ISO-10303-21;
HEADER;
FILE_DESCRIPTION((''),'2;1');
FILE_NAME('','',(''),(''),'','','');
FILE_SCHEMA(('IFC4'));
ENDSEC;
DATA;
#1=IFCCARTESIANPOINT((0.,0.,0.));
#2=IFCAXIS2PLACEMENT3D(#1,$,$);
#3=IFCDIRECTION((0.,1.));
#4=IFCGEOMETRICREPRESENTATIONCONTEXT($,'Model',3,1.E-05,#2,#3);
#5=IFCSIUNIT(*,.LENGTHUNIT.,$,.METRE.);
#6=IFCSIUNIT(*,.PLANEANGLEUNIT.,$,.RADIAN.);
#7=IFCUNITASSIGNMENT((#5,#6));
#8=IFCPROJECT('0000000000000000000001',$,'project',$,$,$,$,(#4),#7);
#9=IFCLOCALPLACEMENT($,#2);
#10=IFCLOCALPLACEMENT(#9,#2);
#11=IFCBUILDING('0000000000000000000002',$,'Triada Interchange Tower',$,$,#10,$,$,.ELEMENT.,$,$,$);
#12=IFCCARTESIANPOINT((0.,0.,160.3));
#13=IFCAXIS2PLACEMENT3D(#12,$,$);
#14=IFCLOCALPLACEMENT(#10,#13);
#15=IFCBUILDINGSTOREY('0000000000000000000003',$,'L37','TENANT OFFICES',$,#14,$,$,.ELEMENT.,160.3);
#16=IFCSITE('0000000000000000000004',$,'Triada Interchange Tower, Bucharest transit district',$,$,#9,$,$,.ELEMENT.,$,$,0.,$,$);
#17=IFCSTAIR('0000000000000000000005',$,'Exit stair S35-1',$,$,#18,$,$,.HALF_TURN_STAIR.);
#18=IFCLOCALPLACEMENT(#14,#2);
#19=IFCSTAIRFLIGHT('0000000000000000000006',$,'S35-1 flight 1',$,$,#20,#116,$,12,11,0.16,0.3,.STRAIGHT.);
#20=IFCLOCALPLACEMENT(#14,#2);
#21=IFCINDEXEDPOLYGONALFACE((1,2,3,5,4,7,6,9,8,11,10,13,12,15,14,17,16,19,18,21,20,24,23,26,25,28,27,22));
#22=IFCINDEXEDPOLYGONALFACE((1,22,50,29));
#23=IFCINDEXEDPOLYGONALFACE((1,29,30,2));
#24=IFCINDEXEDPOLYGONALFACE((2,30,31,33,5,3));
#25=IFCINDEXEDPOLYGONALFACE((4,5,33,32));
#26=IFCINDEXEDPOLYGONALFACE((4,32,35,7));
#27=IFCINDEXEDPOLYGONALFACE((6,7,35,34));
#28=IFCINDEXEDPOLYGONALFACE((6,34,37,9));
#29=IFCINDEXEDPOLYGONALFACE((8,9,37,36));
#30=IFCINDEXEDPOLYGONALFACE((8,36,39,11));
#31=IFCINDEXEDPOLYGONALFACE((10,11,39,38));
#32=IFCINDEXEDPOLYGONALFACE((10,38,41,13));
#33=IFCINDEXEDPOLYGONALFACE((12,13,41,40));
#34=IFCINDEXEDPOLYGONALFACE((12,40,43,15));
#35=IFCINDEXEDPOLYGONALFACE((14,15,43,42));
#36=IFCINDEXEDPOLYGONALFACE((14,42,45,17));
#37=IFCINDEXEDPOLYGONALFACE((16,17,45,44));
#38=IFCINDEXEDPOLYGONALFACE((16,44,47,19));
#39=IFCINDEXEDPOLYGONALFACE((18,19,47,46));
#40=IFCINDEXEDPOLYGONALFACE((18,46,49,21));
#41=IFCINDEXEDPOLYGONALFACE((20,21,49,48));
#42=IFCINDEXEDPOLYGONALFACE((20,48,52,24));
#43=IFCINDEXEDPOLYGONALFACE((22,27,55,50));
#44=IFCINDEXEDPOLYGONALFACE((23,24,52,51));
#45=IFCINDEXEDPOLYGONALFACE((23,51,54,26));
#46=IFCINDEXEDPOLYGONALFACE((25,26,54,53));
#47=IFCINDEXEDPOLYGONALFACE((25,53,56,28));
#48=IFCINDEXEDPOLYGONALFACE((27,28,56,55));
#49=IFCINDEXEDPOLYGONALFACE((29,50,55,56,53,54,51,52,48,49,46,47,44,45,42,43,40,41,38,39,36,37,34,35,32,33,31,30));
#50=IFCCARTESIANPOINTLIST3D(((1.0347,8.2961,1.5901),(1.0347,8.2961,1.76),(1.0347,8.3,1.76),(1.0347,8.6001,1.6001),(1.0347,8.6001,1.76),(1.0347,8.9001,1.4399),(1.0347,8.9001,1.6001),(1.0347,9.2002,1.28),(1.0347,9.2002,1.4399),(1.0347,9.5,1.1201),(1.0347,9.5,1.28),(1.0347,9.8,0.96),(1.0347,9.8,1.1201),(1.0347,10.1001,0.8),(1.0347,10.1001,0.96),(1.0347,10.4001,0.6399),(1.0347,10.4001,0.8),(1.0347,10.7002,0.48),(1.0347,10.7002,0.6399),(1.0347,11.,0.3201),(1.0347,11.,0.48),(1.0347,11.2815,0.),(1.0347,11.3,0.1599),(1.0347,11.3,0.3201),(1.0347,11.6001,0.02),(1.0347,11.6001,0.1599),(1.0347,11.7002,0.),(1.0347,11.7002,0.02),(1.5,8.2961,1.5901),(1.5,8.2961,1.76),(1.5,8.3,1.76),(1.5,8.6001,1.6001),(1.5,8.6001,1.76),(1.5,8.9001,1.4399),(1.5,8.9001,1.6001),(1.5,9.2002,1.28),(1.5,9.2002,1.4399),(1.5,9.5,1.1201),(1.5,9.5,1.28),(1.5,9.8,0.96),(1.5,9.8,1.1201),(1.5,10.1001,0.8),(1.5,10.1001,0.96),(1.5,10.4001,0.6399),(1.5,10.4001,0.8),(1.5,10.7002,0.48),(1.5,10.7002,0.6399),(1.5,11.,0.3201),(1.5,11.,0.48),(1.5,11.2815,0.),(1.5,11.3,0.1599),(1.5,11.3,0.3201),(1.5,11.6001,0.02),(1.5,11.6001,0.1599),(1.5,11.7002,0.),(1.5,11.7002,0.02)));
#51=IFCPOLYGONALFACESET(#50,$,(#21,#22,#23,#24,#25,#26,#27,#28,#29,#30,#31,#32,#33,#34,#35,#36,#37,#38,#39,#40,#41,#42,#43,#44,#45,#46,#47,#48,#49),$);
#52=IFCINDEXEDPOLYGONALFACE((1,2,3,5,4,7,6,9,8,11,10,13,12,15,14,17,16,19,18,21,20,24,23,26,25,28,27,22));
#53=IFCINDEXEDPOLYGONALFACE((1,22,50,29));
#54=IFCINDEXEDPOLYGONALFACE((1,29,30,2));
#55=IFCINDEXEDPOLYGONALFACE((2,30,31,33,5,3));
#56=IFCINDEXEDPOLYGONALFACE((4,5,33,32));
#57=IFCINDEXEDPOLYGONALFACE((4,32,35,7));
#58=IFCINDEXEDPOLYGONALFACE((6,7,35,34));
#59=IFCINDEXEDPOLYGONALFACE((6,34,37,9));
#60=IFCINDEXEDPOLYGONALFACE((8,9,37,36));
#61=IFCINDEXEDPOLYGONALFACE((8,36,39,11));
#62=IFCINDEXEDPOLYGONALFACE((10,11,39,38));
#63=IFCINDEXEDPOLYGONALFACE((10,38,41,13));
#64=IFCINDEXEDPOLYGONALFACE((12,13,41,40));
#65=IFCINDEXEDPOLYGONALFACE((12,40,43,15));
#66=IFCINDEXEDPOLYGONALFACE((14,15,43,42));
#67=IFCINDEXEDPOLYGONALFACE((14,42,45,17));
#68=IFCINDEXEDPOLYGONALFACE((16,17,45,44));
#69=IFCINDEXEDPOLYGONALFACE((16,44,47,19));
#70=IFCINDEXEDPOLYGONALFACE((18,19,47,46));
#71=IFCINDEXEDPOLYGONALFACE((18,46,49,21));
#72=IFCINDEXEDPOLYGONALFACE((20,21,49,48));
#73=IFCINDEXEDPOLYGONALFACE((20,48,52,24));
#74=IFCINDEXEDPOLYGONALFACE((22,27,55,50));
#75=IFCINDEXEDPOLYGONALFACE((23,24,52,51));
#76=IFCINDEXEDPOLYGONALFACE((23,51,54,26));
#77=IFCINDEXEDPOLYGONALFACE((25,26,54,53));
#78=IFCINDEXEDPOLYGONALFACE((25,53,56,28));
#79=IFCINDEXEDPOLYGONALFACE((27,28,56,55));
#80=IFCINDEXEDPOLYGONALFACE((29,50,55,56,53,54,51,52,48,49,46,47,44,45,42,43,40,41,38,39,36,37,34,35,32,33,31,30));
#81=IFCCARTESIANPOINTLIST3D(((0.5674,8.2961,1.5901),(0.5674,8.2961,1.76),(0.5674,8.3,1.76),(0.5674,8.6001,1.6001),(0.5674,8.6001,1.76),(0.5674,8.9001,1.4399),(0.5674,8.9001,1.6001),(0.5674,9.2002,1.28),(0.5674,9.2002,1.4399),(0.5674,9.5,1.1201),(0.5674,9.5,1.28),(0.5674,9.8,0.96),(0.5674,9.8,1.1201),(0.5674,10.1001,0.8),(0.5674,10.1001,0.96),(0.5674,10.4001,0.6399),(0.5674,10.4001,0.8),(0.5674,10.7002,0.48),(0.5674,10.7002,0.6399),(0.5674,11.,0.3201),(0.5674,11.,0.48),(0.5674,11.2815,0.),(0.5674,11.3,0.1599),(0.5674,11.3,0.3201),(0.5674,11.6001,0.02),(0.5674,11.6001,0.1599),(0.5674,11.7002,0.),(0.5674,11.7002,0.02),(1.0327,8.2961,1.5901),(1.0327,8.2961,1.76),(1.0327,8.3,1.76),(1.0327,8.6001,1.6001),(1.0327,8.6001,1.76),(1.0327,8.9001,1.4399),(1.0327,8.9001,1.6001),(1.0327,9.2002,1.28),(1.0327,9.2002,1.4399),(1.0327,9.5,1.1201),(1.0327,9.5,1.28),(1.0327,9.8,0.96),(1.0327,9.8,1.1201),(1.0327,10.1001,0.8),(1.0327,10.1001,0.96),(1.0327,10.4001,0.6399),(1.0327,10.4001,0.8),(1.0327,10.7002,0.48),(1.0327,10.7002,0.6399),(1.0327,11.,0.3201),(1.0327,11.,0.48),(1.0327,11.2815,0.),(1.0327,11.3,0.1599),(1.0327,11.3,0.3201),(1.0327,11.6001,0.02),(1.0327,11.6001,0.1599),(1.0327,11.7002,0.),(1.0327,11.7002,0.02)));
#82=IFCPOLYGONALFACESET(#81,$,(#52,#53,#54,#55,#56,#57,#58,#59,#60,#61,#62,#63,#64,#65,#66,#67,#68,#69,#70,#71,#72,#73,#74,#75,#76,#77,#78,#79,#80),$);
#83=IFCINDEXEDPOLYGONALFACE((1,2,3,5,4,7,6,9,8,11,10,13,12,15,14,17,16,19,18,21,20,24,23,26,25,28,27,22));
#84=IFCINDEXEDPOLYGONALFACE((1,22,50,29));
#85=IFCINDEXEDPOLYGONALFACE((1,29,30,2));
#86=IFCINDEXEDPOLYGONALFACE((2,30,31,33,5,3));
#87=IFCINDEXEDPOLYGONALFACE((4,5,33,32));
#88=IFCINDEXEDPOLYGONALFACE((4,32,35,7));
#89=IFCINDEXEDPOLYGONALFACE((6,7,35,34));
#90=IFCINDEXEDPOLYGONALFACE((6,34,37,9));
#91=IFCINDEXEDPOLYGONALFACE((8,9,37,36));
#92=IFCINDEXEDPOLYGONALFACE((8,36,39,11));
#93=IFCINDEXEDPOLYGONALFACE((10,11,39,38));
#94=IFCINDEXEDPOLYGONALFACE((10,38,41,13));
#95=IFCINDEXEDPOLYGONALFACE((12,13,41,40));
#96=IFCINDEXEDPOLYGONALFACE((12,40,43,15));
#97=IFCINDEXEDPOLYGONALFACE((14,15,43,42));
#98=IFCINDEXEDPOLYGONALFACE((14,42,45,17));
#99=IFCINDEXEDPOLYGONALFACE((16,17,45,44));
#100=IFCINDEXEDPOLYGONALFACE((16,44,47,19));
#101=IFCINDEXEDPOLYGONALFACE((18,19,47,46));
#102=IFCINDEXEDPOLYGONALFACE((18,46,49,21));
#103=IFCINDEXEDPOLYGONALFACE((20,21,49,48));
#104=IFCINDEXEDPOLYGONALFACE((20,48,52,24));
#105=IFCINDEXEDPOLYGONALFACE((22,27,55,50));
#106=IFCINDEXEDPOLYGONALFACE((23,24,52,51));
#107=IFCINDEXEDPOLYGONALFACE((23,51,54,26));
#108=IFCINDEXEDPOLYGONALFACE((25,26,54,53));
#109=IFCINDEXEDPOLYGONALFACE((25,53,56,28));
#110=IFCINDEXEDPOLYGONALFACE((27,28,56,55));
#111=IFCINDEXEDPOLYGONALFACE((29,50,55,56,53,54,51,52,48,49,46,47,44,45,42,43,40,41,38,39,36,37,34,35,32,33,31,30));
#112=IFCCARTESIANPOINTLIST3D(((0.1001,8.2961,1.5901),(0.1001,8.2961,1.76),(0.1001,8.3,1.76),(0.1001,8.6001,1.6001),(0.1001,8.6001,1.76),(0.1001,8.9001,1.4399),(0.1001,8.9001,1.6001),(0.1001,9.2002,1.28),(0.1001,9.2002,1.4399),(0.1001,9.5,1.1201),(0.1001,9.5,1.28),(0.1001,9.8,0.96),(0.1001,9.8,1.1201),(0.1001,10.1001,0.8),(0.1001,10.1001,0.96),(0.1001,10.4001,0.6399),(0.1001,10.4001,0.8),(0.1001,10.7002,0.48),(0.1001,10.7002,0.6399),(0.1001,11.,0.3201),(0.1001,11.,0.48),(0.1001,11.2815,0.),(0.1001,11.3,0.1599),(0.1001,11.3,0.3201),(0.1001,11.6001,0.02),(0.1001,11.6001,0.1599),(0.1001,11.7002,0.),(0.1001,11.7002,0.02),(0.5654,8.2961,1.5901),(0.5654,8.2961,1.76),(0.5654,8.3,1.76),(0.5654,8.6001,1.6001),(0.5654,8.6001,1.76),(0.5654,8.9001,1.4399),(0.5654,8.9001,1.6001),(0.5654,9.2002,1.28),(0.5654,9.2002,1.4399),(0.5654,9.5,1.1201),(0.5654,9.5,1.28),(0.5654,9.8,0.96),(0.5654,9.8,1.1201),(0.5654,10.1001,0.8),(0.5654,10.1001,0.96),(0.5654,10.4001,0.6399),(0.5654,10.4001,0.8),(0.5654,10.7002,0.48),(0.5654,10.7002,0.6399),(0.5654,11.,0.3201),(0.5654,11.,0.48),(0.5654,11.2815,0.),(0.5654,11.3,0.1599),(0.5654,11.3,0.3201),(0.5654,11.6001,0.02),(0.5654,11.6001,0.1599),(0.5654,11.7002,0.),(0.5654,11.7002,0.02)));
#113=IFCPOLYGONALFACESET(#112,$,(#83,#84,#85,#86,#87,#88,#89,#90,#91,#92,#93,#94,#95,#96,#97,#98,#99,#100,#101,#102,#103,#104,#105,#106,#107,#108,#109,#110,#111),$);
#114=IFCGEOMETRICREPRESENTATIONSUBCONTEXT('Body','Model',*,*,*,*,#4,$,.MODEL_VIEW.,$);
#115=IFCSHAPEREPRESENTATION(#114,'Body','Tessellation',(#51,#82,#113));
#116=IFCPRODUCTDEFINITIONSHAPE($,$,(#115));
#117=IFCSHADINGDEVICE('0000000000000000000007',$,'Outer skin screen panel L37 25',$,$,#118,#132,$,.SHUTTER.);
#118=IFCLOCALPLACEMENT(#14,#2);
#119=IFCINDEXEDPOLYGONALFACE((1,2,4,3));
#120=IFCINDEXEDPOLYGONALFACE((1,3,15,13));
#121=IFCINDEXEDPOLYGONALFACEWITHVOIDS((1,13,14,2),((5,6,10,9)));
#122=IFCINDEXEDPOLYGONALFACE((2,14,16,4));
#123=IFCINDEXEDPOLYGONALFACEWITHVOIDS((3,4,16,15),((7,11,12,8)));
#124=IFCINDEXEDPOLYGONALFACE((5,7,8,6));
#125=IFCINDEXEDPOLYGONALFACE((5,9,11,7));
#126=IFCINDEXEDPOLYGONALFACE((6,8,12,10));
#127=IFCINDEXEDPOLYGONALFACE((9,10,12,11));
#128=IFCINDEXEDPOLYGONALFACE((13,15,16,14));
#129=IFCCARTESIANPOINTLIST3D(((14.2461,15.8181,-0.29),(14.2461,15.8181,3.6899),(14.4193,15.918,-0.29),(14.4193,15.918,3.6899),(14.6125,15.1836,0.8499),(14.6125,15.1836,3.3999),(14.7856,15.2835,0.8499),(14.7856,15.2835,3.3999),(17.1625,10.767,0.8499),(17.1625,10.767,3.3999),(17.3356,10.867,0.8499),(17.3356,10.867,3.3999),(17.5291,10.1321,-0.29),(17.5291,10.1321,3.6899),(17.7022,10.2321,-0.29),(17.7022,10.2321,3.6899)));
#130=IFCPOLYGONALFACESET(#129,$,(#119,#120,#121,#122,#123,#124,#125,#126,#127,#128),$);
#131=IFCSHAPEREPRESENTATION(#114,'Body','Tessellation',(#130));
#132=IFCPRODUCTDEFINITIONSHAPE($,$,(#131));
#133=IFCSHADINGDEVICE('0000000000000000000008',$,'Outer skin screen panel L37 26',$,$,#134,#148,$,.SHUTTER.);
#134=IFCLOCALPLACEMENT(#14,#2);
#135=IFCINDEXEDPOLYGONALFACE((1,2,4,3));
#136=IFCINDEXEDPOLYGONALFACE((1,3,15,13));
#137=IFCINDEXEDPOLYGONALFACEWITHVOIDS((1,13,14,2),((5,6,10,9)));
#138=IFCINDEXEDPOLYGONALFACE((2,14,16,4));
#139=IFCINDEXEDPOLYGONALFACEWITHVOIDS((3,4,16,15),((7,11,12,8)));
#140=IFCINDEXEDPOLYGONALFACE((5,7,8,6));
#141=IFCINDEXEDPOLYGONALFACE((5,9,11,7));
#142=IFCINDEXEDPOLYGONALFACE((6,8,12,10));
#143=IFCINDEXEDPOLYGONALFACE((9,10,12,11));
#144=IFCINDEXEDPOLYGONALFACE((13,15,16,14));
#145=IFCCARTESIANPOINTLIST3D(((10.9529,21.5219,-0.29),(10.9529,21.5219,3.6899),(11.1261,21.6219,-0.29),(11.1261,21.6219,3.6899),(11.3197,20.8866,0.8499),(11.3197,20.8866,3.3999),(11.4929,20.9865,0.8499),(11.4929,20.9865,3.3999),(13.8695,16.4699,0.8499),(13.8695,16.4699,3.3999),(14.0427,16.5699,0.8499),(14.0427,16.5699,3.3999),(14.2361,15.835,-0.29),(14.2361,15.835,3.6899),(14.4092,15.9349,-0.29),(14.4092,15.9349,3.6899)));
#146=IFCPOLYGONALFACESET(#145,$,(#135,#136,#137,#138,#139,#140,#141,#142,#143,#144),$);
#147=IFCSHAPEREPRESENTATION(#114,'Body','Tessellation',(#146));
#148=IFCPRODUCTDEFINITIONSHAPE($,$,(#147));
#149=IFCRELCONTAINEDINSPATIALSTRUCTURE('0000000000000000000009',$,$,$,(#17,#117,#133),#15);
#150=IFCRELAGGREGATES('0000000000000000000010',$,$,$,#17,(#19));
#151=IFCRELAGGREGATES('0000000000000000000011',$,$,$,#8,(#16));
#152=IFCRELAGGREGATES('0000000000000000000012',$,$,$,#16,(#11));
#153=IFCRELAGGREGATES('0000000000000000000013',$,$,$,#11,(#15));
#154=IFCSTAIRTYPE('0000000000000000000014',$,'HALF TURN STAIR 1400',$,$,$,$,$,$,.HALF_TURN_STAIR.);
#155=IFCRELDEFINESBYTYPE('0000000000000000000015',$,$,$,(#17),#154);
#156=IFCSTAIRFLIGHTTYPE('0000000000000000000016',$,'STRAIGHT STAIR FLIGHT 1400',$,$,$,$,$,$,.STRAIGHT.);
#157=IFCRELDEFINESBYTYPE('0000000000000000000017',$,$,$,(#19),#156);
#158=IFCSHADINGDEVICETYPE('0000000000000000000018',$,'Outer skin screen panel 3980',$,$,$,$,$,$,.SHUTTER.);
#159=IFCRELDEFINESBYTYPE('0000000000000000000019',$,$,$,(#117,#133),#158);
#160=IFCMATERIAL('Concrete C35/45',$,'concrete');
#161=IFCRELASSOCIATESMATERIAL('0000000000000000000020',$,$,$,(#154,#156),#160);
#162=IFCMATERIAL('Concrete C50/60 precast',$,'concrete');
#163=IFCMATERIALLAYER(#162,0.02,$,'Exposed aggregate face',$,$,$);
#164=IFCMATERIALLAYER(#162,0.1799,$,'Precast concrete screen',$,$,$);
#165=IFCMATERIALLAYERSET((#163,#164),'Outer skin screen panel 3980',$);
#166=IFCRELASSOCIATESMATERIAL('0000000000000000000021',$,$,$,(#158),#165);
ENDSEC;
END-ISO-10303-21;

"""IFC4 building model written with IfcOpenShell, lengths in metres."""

from ifc_helpers import new_model, si_unit, direction, frame, origin, place, context, subcontext, project, spatial, polyline, outline, extrude, material, layer, layer_set, type_object, element, aggregate, save


model = new_model("IFC4")

# Units and contexts
model_context = context("Model", 3, precision=1e-05, world=origin(), true_north=direction((0.0, 1.0)))
body_context = subcontext(model_context, "Body", "Model", "MODEL_VIEW")
ifc_project = project(units=[si_unit("LENGTHUNIT", "METRE"), si_unit("PLANEANGLEUNIT", "RADIAN")], contexts=[model_context])

# Site, building, storey
site_placement = place(None, origin())
site = spatial("IfcSite", under=ifc_project, at=site_placement, Name="Triada Interchange Tower, Bucharest transit district", CompositionType="ELEMENT", RefElevation=0.0)
building_placement = place(site_placement, origin())
building = spatial("IfcBuilding", under=site, at=building_placement, Name="Triada Interchange Tower", CompositionType="ELEMENT")
storey_placement = place(building_placement, frame((0.0, 0.0, 160.3)))
storey = spatial("IfcBuildingStorey", under=building, at=storey_placement, Name="L37", Description="TENANT OFFICES", CompositionType="ELEMENT", Elevation=160.3)

# Stair, stair flight
ifc_material_1 = material(Name="Concrete C35/45", Category="concrete")
stair_type = type_object("IfcStairType", Name="HALF TURN STAIR 1400", PredefinedType="HALF_TURN_STAIR", material=ifc_material_1)
stair_placement = place(storey_placement, origin())
stair = element("IfcStair", 1, at=stair_placement, inside=storey, type_object=stair_type, Name="Exit stair S35-1", PredefinedType="HALF_TURN_STAIR")
stair_flight_type = type_object("IfcStairFlightType", Name="STRAIGHT STAIR FLIGHT 1400", PredefinedType="STRAIGHT", material=ifc_material_1)
stair_flight_placement = place(storey_placement, frame((0.8, 11.6001, 0.0), z_axis=(0.0, 0.0, 1.0), x_axis=(0.0, -1.0, 0.0)))
stair_flight = element("IfcStairFlight", 2, at=stair_flight_placement, type_object=stair_flight_type, Name="S35-1 flight 1", NumberOfRisers=12, NumberOfTreads=11, PredefinedType="STRAIGHT", RiserHeight=0.16, TreadLength=0.3, context=body_context, shape_type="SweptSolid", body=[
    extrude(outline(polyline([(-0.1001, 0.0), (-0.1001, 0.02), (0.0, 0.02), (0.0, 0.1599), (0.3, 0.1599), (0.3, 0.3201), (0.6001, 0.3201), (0.6001, 0.48), (0.8999, 0.48), (0.8999, 0.6399), (1.2, 0.6399), (1.2, 0.8), (1.5, 0.8), (1.5, 0.96), (1.8, 0.96), (1.8, 1.1201), (2.1001, 1.1201), (2.1001, 1.28), (2.3999, 1.28), (2.3999, 1.4399), (2.7, 1.4399), (2.7, 1.6001), (3.0, 1.6001), (3.0, 1.76), (3.3, 1.76), (3.304, 1.76), (3.304, 1.9199), (3.304, 1.5901), (0.3186, 0.0), (-0.1001, 0.0)])), frame((0.0, 0.7, 0.0), z_axis=(0.0, -1.0, 0.0), x_axis=(1.0, 0.0, 0.0)), (0.0, 0.0, 1.0), 0.4653),
    extrude(outline(polyline([(-0.1001, 0.0), (-0.1001, 0.02), (0.0, 0.02), (0.0, 0.1599), (0.3, 0.1599), (0.3, 0.3201), (0.6001, 0.3201), (0.6001, 0.48), (0.8999, 0.48), (0.8999, 0.6399), (1.2, 0.6399), (1.2, 0.8), (1.5, 0.8), (1.5, 0.96), (1.8, 0.96), (1.8, 1.1201), (2.1001, 1.1201), (2.1001, 1.28), (2.3999, 1.28), (2.3999, 1.4399), (2.7, 1.4399), (2.7, 1.6001), (3.0, 1.6001), (3.0, 1.76), (3.3, 1.76), (3.304, 1.76), (3.304, 1.9199), (3.304, 1.5901), (0.3186, 0.0), (-0.1001, 0.0)])), frame((0.0, 0.2327, 0.0), z_axis=(0.0, -1.0, 0.0), x_axis=(1.0, 0.0, 0.0)), (0.0, 0.0, 1.0), 0.4653),
    extrude(outline(polyline([(-0.1001, 0.0), (-0.1001, 0.02), (0.0, 0.02), (0.0, 0.1599), (0.3, 0.1599), (0.3, 0.3201), (0.6001, 0.3201), (0.6001, 0.48), (0.8999, 0.48), (0.8999, 0.6399), (1.2, 0.6399), (1.2, 0.8), (1.5, 0.8), (1.5, 0.96), (1.8, 0.96), (1.8, 1.1201), (2.1001, 1.1201), (2.1001, 1.28), (2.3999, 1.28), (2.3999, 1.4399), (2.7, 1.4399), (2.7, 1.6001), (3.0, 1.6001), (3.0, 1.76), (3.3, 1.76), (3.304, 1.76), (3.304, 1.9199), (3.304, 1.5901), (0.3186, 0.0), (-0.1001, 0.0)])), frame((0.0, -0.2346, 0.0), z_axis=(0.0, -1.0, 0.0), x_axis=(1.0, 0.0, 0.0)), (0.0, 0.0, 1.0), 0.4653),
])

# Shading devices
ifc_material_2 = material(Name="Concrete C50/60 precast", Category="concrete")
ifc_layer_1 = layer(ifc_material_2, 0.02, Name="Exposed aggregate face")
ifc_layer_2 = layer(ifc_material_2, 0.1799, Name="Precast concrete screen")
ifc_layer_set_1 = layer_set([ifc_layer_1, ifc_layer_2], Name="Outer skin screen panel 3980")
shading_device_type = type_object("IfcShadingDeviceType", Name="Outer skin screen panel 3980", PredefinedType="SHUTTER", material=ifc_layer_set_1)
shading_device_1_placement = place(storey_placement, frame((17.5291, 10.1321, -0.29), z_axis=(0.0, 0.0, 1.0), x_axis=(-0.500014, 0.866017, 0.0)))
element("IfcShadingDevice", 3, at=shading_device_1_placement, inside=storey, type_object=shading_device_type, Name="Outer skin screen panel L37 25", PredefinedType="SHUTTER", context=body_context, shape_type="SweptSolid", body=[
    extrude(outline(polyline([(0.0, 0.0), (6.5657, 0.0), (6.5657, 3.98), (0.0, 3.98), (0.0, 0.0)]), holes=[polyline([(0.7332, 1.1399), (0.7332, 3.6899), (5.833, 3.6899), (5.833, 1.1399), (0.7332, 1.1399)])]), frame((0.0, 0.0, 0.0), z_axis=(0.0, -1.0, 0.0), x_axis=(1.0, 0.0, 0.0)), (0.0, 0.0, 1.0), 0.2),
])
shading_device_2_placement = place(storey_placement, frame((14.2361, 15.835, -0.29), z_axis=(0.0, 0.0, 1.0), x_axis=(-0.499978, 0.866038, 0.0)))
element("IfcShadingDevice", 4, at=shading_device_2_placement, inside=storey, type_object=shading_device_type, Name="Outer skin screen panel L37 26", PredefinedType="SHUTTER", context=body_context, shape_type="SweptSolid", body=[
    extrude(outline(polyline([(0.0, 0.0), (6.5667, 0.0), (6.5667, 3.98), (0.0, 3.98), (0.0, 0.0)]), holes=[polyline([(0.7332, 1.1399), (0.7332, 3.6899), (5.833, 3.6899), (5.833, 1.1399), (0.7332, 1.1399)])]), frame((0.0, 0.0, 0.0), z_axis=(0.0, -1.0, 0.0), x_axis=(1.0, 0.0, 0.0)), (0.0, 0.0, 1.0), 0.2),
])

aggregate(stair, [stair_flight])

save(model, "model.ifc")
